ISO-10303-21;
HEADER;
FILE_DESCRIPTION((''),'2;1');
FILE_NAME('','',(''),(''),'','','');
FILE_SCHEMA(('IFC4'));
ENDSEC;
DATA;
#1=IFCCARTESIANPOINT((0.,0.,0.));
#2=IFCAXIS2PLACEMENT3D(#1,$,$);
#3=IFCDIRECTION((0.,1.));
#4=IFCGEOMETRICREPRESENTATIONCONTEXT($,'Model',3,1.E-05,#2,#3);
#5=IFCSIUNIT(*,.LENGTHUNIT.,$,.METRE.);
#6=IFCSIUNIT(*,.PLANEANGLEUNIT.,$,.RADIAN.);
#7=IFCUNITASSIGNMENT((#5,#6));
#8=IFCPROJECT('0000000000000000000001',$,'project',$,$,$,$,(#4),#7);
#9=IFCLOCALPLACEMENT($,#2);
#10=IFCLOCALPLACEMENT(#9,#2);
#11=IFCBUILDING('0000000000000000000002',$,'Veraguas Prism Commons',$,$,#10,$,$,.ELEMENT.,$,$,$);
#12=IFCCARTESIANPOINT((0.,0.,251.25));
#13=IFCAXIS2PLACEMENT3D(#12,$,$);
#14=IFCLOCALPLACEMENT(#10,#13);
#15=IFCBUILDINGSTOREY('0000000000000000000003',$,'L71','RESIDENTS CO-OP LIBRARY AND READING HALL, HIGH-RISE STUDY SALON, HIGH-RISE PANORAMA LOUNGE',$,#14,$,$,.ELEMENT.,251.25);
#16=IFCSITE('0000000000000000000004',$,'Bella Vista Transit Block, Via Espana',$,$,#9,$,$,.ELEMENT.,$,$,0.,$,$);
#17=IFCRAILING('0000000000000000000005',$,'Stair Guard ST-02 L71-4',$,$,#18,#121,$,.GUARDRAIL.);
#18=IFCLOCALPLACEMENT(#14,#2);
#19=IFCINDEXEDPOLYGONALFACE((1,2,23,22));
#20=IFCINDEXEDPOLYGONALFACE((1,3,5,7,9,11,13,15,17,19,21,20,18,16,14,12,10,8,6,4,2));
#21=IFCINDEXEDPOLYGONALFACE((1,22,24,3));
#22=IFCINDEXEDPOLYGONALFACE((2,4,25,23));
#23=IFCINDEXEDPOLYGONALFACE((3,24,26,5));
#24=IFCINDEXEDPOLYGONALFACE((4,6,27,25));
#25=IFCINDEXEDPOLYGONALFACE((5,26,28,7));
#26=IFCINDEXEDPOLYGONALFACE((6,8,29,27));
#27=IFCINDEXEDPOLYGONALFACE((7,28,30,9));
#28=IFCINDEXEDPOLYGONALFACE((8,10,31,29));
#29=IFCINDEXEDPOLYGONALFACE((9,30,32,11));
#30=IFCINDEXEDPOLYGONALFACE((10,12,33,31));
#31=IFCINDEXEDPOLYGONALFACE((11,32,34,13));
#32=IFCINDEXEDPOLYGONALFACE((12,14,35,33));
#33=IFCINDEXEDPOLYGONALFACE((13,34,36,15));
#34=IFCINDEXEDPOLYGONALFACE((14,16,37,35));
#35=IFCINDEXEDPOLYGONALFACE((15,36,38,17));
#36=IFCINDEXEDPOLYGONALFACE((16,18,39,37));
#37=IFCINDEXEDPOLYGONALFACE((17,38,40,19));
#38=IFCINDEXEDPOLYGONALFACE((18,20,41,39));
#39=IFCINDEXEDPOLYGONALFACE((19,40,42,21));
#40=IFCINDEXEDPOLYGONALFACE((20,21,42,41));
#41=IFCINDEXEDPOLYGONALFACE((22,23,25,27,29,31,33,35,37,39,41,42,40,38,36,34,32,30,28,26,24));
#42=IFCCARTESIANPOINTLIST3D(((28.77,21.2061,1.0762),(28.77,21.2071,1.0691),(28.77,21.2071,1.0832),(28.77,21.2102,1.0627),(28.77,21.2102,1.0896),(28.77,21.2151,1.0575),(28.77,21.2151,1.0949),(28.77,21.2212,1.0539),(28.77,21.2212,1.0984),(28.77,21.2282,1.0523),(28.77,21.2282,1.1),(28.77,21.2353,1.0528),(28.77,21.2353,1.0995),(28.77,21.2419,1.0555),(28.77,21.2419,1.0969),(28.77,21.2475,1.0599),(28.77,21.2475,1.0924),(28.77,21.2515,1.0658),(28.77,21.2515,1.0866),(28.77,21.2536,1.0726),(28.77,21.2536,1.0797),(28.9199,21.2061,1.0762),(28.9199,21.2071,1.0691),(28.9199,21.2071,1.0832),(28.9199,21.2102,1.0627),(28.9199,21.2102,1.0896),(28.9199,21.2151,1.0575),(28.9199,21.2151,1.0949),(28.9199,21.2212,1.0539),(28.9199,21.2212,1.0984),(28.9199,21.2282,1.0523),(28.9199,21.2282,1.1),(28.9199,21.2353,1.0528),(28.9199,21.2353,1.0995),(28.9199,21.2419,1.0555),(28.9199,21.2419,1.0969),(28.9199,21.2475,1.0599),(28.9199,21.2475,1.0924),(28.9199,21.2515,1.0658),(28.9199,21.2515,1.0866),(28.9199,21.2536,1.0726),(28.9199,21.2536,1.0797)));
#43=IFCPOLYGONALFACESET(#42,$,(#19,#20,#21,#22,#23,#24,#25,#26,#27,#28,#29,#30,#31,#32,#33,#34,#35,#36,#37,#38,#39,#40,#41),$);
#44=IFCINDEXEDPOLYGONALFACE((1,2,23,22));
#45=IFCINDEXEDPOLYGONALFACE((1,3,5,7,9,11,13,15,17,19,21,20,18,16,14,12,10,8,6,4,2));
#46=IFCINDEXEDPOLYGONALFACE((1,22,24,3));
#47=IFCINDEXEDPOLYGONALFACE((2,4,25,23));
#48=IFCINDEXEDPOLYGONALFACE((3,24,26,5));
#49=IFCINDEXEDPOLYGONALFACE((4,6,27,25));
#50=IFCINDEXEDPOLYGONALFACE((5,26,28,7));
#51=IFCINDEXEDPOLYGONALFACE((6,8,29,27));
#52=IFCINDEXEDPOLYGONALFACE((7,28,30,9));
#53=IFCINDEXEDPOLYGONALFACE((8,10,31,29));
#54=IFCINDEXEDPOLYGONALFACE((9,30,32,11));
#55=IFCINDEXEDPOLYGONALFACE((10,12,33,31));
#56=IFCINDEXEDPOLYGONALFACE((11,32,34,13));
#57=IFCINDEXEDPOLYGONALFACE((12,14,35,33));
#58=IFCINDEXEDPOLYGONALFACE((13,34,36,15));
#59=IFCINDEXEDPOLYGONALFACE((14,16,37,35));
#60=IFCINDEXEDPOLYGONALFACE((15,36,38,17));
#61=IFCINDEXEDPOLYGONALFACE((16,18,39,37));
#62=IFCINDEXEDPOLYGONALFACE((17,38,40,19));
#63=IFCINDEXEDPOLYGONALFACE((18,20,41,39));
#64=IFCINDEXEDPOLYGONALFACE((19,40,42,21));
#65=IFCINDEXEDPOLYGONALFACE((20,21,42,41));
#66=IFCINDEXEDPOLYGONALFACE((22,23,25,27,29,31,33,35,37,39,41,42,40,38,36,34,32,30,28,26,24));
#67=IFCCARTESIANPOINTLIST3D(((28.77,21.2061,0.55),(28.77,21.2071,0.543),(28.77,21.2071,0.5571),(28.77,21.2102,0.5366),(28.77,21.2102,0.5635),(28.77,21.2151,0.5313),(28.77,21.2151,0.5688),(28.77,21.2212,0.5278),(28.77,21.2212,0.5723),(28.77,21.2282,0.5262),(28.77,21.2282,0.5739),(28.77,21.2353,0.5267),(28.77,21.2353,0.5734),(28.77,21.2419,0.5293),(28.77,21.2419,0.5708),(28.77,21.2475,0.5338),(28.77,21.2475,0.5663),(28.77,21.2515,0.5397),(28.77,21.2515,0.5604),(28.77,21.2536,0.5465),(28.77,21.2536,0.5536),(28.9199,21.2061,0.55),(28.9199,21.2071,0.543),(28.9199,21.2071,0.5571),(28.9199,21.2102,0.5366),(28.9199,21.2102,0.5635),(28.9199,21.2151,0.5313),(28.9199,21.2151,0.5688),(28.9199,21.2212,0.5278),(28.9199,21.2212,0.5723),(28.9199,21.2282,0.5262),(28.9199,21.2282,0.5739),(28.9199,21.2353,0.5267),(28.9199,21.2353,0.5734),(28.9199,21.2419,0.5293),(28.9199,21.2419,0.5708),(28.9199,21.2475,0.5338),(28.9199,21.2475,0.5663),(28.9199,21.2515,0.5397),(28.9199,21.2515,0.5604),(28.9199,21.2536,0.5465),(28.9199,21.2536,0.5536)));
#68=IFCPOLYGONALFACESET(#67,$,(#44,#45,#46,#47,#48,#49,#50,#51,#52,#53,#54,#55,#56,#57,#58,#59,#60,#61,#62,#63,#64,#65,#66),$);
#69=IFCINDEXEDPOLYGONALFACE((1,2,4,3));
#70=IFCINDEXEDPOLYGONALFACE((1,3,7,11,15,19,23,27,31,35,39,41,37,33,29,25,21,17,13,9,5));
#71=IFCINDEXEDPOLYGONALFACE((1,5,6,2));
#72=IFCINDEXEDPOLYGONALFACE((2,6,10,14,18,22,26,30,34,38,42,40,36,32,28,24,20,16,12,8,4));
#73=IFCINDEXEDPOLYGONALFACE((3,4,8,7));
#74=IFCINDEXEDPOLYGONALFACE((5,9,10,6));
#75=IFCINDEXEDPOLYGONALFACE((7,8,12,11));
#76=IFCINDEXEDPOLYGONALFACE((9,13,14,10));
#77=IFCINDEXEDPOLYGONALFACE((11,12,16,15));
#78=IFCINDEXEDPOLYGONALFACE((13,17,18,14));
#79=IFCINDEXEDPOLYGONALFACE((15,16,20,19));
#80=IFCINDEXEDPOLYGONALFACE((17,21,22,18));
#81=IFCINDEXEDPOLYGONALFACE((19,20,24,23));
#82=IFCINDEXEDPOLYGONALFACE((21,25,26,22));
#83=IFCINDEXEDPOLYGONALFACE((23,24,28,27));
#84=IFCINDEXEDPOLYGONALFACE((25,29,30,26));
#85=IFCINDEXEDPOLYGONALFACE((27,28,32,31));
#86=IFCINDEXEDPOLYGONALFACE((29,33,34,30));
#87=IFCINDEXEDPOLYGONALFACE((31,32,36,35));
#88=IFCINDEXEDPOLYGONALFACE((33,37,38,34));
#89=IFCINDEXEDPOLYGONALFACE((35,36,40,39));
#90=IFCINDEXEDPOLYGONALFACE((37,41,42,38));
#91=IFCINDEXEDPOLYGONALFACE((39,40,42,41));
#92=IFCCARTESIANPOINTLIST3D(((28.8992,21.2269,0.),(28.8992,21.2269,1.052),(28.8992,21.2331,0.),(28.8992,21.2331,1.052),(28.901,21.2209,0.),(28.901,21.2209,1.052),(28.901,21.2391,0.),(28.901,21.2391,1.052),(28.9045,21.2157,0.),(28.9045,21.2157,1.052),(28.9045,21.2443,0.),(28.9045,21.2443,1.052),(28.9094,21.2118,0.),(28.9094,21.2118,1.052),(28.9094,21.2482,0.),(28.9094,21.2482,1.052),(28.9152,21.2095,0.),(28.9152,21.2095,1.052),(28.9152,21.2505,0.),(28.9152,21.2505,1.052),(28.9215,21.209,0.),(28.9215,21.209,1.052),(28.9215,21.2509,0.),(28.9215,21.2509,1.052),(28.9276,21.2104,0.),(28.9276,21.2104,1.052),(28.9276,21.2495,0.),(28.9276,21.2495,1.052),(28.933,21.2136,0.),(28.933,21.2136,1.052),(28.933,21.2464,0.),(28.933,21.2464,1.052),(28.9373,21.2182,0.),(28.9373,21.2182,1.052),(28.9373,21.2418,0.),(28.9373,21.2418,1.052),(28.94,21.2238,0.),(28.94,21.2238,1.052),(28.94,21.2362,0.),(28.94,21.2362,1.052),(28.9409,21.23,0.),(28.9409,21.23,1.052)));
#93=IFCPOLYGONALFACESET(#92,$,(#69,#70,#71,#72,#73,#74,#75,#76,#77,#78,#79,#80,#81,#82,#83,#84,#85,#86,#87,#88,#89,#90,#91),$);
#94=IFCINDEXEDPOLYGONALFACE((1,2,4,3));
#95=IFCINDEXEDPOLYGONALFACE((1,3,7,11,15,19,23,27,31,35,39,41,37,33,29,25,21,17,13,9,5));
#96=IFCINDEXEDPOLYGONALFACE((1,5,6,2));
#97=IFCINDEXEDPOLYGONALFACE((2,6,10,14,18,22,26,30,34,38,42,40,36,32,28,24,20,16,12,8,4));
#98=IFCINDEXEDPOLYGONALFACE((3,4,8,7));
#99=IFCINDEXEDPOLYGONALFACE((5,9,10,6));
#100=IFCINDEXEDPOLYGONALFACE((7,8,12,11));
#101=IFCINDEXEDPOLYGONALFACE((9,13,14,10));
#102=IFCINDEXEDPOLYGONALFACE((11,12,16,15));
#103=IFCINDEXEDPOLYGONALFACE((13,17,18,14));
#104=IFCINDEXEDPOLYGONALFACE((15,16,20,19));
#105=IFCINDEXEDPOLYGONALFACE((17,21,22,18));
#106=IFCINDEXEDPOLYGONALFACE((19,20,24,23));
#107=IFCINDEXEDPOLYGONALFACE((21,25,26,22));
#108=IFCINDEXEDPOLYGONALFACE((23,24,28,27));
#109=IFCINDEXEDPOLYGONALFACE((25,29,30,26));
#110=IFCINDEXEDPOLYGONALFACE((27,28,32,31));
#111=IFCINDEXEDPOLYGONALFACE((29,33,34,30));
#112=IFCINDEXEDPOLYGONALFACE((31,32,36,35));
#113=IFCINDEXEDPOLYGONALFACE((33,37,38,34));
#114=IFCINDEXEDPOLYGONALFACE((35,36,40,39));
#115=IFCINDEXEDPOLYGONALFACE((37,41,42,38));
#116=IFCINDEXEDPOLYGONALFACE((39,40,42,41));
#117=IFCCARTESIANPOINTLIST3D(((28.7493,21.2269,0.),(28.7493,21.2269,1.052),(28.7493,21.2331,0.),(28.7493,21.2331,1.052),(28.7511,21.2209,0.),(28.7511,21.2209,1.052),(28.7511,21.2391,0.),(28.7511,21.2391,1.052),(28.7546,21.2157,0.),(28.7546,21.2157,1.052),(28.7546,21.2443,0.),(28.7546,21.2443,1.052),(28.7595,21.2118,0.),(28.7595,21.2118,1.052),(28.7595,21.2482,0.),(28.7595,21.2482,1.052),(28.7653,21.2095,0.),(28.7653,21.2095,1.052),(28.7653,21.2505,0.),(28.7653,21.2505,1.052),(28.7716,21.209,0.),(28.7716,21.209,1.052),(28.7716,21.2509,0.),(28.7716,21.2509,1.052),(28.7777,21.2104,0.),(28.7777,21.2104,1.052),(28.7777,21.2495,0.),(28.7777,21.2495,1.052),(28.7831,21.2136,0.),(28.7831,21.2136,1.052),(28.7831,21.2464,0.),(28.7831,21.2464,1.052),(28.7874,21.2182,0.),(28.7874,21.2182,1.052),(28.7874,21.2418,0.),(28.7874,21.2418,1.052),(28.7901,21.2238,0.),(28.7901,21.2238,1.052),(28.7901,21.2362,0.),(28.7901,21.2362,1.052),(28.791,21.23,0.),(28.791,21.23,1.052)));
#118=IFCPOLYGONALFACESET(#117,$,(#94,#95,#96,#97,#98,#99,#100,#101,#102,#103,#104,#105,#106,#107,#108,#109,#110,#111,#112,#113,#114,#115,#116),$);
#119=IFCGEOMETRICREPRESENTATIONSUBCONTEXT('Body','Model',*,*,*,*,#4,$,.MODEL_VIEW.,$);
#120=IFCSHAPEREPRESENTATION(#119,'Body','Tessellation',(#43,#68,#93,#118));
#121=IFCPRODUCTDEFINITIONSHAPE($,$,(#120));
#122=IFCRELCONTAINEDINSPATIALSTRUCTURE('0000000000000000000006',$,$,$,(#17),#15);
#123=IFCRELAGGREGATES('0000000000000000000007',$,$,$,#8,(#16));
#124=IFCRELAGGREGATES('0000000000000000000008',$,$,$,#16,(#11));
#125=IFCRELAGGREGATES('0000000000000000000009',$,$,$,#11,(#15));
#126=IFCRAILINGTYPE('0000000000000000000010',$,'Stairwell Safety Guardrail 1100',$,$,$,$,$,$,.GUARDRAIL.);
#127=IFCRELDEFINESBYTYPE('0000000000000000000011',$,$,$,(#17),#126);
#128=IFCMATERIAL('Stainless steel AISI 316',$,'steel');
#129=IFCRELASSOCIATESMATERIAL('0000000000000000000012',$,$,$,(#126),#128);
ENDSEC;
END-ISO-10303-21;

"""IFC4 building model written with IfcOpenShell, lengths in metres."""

from ifc_helpers import new_model, si_unit, direction, frame, origin, origin_2d, place, context, subcontext, project, spatial, circle, extrude, material, type_object, element, save


model = new_model("IFC4")

# Units and contexts
model_context = context("Model", 3, precision=1e-05, world=origin(), true_north=direction((0.0, 1.0)))
body_context = subcontext(model_context, "Body", "Model", "MODEL_VIEW")
ifc_project = project(units=[si_unit("LENGTHUNIT", "METRE"), si_unit("PLANEANGLEUNIT", "RADIAN")], contexts=[model_context])

# Site, building, storey
site_placement = place(None, origin())
site = spatial("IfcSite", under=ifc_project, at=site_placement, Name="Bella Vista Transit Block, Via Espana", CompositionType="ELEMENT", RefElevation=0.0)
building_placement = place(site_placement, origin())
building = spatial("IfcBuilding", under=site, at=building_placement, Name="Veraguas Prism Commons", CompositionType="ELEMENT")
storey_placement = place(building_placement, frame((0.0, 0.0, 251.25)))
storey = spatial("IfcBuildingStorey", under=building, at=storey_placement, Name="L71", Description="RESIDENTS CO-OP LIBRARY AND READING HALL, HIGH-RISE STUDY SALON, HIGH-RISE PANORAMA LOUNGE", CompositionType="ELEMENT", Elevation=251.25)

# Shared definitions
ifc_material_1 = material(Name="Stainless steel AISI 316", Category="steel")

# Railing
railing_type_1 = type_object("IfcRailingType", Name="Stairwell Safety Guardrail 1100", PredefinedType="GUARDRAIL", material=ifc_material_1)
railing_1_placement = place(storey_placement, frame((28.9199, 21.23, 0.0)))
element("IfcRailing", 1, at=railing_1_placement, inside=storey, type_object=railing_type_1, Name="Stair Guard ST-02 L71-4", PredefinedType="GUARDRAIL", context=body_context, shape_type="SweptSolid", body=[
    extrude(circle(Radius=0.0239, at=origin_2d()), frame((0.0, 0.0, 1.0762), z_axis=(-1.0, 0.0, 0.0), x_axis=(0.0, -1.0, 0.0)), (0.0, 0.0, 1.0), 0.1499),
    extrude(circle(Radius=0.0239, at=origin_2d()), frame((0.0, 0.0, 0.55), z_axis=(-1.0, 0.0, 0.0), x_axis=(0.0, -1.0, 0.0)), (0.0, 0.0, 1.0), 0.1499),
    extrude(circle(Radius=0.021, at=origin_2d()), origin(), (0.0, 0.0, 1.0), 1.052),
    extrude(circle(Radius=0.021, at=origin_2d()), frame((-0.1499, 0.0, 0.0)), (0.0, 0.0, 1.0), 1.052),
])

save(model, "model.ifc")
